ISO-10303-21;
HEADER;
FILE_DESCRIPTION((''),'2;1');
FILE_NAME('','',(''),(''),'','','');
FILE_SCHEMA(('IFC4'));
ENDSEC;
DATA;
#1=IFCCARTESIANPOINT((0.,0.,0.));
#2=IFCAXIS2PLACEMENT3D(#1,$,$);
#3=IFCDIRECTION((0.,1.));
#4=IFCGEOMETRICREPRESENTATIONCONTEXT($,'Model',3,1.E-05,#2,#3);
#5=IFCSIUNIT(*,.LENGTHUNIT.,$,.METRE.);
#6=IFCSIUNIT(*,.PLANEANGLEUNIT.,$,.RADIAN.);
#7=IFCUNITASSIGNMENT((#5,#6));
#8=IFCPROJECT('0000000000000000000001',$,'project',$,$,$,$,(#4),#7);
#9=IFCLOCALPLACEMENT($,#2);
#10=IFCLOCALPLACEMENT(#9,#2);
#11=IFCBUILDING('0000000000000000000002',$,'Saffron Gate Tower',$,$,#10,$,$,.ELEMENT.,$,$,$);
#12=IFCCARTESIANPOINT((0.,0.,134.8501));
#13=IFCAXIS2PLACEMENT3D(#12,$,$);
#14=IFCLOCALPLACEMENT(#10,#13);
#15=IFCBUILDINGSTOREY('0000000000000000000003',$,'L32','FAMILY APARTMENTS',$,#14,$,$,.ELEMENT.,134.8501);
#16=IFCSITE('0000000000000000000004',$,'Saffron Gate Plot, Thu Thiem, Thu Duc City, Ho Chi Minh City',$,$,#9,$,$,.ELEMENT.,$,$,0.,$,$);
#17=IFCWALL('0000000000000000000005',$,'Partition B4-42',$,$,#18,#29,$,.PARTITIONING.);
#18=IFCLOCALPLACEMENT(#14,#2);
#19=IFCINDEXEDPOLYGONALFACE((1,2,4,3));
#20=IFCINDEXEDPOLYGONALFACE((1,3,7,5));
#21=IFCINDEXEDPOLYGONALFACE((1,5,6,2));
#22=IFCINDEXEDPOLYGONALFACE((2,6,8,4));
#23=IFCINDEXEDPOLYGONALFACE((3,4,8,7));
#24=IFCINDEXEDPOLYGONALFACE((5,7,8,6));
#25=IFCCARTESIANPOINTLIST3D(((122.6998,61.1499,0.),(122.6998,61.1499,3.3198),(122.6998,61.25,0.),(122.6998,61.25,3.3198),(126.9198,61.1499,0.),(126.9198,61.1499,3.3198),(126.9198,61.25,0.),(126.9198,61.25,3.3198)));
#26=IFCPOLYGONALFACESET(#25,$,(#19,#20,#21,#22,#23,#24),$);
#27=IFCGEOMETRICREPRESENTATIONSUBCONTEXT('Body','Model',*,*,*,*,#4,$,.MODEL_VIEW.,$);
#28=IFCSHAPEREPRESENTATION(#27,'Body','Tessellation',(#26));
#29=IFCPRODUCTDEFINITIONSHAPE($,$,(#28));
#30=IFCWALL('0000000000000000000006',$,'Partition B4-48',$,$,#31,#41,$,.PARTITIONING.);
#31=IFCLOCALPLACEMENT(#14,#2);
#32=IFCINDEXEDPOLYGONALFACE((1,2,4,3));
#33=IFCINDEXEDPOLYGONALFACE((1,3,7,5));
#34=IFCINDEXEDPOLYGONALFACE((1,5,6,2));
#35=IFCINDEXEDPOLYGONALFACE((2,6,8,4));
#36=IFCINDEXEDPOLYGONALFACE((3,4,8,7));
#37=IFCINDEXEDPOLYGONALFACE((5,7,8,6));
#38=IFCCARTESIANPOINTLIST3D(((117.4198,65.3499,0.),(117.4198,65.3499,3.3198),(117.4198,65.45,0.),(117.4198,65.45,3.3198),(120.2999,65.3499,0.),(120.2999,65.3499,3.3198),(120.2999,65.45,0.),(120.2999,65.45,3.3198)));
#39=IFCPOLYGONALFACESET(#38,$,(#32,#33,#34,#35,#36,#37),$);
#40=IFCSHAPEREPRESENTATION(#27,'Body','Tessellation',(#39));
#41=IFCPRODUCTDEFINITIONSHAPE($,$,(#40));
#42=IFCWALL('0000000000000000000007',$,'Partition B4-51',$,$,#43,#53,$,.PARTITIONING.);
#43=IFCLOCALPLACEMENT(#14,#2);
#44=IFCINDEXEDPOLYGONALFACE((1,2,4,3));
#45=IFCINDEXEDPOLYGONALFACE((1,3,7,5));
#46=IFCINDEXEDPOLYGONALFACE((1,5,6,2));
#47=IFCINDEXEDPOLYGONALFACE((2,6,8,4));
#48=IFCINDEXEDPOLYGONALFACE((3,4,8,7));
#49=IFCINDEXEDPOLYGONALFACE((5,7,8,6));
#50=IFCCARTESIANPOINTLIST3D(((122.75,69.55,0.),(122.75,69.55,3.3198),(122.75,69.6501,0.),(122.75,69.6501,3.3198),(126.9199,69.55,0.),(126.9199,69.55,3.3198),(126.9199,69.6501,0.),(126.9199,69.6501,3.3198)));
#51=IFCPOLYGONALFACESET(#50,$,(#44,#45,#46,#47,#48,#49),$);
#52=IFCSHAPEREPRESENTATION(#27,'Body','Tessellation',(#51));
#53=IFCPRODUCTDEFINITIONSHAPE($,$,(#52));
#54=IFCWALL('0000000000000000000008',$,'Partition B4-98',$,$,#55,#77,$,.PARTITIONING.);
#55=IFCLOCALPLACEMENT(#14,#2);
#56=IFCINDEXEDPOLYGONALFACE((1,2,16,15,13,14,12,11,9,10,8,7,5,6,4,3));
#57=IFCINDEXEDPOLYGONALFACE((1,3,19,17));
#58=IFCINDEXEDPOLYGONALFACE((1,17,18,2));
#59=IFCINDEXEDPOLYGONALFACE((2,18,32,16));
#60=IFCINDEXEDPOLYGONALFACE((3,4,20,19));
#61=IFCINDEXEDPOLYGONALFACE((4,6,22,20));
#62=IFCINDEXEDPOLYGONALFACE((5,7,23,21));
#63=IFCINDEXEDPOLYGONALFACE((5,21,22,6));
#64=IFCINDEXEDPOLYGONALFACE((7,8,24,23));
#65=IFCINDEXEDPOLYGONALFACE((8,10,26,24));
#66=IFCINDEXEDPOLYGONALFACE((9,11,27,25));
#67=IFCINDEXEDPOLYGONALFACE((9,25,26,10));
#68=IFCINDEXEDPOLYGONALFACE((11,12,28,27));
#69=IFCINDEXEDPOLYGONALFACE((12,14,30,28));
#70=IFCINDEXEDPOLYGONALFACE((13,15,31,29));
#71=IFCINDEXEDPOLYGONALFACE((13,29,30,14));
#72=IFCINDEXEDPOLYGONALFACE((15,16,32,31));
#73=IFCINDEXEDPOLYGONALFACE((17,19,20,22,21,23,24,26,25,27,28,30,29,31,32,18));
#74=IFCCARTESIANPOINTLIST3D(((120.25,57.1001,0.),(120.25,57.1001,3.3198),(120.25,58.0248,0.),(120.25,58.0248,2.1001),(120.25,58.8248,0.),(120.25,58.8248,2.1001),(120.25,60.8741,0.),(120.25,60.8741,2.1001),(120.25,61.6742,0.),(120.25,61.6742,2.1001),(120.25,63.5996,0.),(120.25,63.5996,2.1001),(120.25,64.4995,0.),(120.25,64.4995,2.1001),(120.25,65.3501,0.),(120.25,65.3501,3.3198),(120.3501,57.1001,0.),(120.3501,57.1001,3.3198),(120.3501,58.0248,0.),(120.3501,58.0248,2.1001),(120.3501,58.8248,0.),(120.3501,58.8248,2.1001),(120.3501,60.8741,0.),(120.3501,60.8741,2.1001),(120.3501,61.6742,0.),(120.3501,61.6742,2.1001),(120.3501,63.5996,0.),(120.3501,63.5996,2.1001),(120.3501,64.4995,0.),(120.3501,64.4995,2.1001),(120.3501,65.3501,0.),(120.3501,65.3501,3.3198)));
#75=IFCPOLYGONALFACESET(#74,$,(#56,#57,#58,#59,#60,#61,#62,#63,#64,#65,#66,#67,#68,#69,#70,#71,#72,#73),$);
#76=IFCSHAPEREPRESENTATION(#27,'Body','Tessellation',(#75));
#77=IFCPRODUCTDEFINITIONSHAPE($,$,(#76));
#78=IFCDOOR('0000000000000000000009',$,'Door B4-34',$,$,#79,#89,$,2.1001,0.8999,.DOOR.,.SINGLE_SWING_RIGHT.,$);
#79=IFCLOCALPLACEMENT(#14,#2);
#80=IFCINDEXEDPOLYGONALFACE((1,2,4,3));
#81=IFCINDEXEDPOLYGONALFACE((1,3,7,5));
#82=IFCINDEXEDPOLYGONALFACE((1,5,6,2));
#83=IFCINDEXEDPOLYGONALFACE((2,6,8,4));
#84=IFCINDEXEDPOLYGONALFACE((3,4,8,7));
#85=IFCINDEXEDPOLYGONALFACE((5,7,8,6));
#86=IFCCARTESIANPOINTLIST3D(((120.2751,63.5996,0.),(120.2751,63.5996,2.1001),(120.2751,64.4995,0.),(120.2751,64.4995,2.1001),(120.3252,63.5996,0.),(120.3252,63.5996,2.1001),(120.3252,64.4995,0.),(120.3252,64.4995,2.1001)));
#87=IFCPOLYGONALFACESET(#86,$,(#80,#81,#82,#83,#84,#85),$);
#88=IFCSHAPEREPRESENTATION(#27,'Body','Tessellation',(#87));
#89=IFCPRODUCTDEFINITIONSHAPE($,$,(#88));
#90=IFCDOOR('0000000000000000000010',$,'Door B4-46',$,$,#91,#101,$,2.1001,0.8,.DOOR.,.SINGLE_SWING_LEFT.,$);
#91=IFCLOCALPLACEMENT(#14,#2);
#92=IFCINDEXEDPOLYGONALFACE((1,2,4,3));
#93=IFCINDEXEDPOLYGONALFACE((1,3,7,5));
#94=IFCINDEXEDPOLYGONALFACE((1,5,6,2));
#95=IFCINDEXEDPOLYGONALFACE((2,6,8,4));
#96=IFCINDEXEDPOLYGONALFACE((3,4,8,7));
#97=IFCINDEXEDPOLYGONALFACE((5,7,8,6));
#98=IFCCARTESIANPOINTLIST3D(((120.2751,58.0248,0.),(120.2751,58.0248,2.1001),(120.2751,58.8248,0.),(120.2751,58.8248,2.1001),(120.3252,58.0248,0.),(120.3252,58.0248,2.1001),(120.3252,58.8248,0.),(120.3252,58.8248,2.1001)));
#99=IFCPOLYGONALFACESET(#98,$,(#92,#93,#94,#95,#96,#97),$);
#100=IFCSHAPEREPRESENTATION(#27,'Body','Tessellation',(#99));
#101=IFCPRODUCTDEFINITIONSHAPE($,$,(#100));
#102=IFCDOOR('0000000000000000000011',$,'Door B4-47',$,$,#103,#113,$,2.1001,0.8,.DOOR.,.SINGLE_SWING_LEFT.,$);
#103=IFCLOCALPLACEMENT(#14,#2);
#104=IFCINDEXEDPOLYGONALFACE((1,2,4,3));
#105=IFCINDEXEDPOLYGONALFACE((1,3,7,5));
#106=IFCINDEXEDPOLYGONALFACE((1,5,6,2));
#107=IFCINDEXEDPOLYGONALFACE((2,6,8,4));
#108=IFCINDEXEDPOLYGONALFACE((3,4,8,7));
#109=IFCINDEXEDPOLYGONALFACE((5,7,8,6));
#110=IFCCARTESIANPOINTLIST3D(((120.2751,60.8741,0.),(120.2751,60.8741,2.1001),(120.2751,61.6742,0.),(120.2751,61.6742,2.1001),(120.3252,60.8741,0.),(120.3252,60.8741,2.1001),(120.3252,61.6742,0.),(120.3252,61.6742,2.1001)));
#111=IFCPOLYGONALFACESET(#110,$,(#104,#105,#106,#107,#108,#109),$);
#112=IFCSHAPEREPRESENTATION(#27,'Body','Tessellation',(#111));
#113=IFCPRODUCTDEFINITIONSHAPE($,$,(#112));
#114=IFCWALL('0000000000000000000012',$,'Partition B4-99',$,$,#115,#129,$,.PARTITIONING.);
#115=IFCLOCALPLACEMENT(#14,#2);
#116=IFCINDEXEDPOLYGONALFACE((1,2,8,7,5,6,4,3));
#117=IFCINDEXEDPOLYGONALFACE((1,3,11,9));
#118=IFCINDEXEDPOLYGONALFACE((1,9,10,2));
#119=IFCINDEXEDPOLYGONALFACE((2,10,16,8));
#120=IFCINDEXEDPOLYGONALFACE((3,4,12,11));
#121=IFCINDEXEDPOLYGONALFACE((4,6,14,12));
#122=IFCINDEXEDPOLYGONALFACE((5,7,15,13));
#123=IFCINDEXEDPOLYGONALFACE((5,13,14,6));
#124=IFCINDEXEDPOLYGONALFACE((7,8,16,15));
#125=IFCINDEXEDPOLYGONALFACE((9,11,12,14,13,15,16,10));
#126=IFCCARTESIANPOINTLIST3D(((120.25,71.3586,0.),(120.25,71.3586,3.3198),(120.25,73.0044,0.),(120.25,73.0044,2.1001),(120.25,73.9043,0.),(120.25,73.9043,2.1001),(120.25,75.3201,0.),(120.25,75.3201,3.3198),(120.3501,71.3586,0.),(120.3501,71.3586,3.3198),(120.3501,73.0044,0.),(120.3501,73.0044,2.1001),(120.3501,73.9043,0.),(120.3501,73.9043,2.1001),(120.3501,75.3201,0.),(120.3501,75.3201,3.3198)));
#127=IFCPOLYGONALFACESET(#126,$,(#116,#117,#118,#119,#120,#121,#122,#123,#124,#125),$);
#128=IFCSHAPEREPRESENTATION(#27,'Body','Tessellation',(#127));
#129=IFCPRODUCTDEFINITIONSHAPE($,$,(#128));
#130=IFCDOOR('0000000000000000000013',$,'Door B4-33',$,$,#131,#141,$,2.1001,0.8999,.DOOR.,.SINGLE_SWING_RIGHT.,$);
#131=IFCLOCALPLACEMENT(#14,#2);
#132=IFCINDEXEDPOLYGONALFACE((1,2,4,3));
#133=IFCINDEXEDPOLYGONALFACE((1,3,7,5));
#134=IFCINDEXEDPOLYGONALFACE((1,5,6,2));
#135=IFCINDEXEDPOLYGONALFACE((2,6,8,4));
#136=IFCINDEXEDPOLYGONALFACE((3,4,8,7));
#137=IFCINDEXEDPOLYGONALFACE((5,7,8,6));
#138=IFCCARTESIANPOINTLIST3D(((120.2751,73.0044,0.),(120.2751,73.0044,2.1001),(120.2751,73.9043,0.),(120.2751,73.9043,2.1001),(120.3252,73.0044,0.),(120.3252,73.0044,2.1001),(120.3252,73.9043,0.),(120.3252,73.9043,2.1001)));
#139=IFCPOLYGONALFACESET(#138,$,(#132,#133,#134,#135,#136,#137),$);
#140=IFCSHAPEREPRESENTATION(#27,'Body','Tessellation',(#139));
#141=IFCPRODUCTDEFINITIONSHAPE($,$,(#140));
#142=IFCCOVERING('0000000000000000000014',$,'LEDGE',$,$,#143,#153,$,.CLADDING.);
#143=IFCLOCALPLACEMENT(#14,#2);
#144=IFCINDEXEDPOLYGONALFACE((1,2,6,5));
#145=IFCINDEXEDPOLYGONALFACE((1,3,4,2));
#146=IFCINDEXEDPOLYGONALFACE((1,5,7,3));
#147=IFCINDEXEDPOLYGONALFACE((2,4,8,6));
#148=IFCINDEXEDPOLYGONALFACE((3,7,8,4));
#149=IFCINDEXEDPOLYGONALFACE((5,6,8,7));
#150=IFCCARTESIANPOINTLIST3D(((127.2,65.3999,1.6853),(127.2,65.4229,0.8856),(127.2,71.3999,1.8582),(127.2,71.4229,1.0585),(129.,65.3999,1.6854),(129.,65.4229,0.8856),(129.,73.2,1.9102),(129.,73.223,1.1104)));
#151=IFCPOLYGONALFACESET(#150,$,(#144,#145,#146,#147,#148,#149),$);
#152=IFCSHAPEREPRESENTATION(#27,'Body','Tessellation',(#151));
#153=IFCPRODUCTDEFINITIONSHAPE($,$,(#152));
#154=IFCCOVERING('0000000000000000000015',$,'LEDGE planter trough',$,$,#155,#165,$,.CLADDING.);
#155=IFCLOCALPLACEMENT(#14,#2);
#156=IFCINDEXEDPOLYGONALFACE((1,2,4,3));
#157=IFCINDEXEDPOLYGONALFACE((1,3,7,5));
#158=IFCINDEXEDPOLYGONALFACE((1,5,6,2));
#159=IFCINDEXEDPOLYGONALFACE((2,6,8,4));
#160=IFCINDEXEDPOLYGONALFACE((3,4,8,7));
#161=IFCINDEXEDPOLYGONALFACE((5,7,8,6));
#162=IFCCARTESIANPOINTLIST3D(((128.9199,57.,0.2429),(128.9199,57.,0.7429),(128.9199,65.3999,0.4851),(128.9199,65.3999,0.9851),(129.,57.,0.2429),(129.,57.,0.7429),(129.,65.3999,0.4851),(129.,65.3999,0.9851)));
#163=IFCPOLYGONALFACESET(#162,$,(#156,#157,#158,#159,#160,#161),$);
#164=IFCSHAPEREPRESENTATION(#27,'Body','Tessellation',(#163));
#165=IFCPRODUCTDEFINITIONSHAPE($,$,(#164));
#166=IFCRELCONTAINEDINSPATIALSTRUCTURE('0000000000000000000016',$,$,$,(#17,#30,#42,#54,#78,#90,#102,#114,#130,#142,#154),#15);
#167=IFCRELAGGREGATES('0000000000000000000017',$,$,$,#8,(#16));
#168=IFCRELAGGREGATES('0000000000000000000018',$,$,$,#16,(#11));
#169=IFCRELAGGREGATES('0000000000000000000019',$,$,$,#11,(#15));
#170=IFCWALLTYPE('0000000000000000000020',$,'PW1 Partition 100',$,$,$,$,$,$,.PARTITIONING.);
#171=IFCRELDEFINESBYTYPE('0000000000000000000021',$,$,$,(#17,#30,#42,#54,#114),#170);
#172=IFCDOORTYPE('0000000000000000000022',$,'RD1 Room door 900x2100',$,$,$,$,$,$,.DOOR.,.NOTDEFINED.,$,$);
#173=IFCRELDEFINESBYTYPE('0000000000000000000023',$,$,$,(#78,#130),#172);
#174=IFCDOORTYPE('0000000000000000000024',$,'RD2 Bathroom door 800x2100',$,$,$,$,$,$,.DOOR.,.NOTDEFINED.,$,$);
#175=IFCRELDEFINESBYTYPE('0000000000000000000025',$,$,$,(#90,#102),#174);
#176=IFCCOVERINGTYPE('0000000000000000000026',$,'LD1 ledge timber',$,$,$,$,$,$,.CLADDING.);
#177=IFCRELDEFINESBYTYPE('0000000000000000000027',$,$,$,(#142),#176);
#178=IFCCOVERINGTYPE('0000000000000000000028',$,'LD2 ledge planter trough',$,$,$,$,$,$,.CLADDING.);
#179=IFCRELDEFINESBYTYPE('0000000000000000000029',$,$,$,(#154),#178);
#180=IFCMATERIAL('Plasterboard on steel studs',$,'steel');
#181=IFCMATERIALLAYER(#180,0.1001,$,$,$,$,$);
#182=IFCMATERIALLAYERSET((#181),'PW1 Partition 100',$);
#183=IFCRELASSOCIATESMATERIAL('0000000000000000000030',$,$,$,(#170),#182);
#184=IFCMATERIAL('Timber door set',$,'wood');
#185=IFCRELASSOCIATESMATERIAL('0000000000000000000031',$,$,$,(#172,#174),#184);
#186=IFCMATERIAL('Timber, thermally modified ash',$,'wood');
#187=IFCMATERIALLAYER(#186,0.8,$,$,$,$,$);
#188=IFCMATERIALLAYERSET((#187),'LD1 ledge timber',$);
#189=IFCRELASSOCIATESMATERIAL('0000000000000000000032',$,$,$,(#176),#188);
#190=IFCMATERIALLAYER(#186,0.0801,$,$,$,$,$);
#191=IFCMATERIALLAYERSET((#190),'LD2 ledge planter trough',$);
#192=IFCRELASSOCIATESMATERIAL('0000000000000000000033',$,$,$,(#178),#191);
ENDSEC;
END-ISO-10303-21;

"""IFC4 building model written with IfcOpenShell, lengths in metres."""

from ifc_helpers import new_model, si_unit, direction, frame, frame_2d, origin, place, context, subcontext, project, spatial, polyline, rectangle, outline, extrude, material, layer, layer_set, type_object, element, fill, save


model = new_model("IFC4")

# Units and contexts
model_context = context("Model", 3, precision=1e-05, world=origin(), true_north=direction((0.0, 1.0)))
body_context = subcontext(model_context, "Body", "Model", "MODEL_VIEW")
ifc_project = project(units=[si_unit("LENGTHUNIT", "METRE"), si_unit("PLANEANGLEUNIT", "RADIAN")], contexts=[model_context])

# Site, building, storey
site_placement = place(None, origin())
site = spatial("IfcSite", under=ifc_project, at=site_placement, Name="Saffron Gate Plot, Thu Thiem, Thu Duc City, Ho Chi Minh City", CompositionType="ELEMENT", RefElevation=0.0)
building_placement = place(site_placement, origin())
building = spatial("IfcBuilding", under=site, at=building_placement, Name="Saffron Gate Tower", CompositionType="ELEMENT")
storey_placement = place(building_placement, frame((0.0, 0.0, 134.8501)))
storey = spatial("IfcBuildingStorey", under=building, at=storey_placement, Name="L32", Description="FAMILY APARTMENTS", CompositionType="ELEMENT", Elevation=134.8501)

# Walls
ifc_material_1 = material(Name="Plasterboard on steel studs", Category="steel")
ifc_layer_1 = layer(ifc_material_1, 0.1001)
ifc_layer_set_1 = layer_set([ifc_layer_1], Name="PW1 Partition 100")
wall_type = type_object("IfcWallType", Name="PW1 Partition 100", PredefinedType="PARTITIONING", material=ifc_layer_set_1)
wall_1_placement = place(storey_placement, frame((122.7, 61.2, 0.0), z_axis=(0.0, 0.0, 1.0), x_axis=(1.0, 0.0, 0.0)))
element("IfcWall", 1, at=wall_1_placement, inside=storey, type_object=wall_type, Name="Partition B4-42", PredefinedType="PARTITIONING", context=body_context, shape_type="SweptSolid", body=[
    extrude(rectangle(XDim=4.22, YDim=0.1001, at=frame_2d((2.1099, 0.0))), origin(), (0.0, 0.0, 1.0), 3.3198),
])
wall_2_placement = place(storey_placement, frame((117.4199, 65.3999, 0.0), z_axis=(0.0, 0.0, 1.0), x_axis=(1.0, 0.0, 0.0)))
element("IfcWall", 2, at=wall_2_placement, inside=storey, type_object=wall_type, Name="Partition B4-48", PredefinedType="PARTITIONING", context=body_context, shape_type="SweptSolid", body=[
    extrude(rectangle(XDim=2.8801, YDim=0.1001, at=frame_2d((1.4399, 0.0))), origin(), (0.0, 0.0, 1.0), 3.3198),
])
wall_3_placement = place(storey_placement, frame((122.75, 69.6001, 0.0), z_axis=(0.0, 0.0, 1.0), x_axis=(1.0, 0.0, 0.0)))
element("IfcWall", 3, at=wall_3_placement, inside=storey, type_object=wall_type, Name="Partition B4-51", PredefinedType="PARTITIONING", context=body_context, shape_type="SweptSolid", body=[
    extrude(rectangle(XDim=4.1699, YDim=0.1001, at=frame_2d((2.085, 0.0))), origin(), (0.0, 0.0, 1.0), 3.3198),
])

# Wall, openings, doors
wall_4_placement = place(storey_placement, frame((120.3, 57.1001, 0.0), z_axis=(0.0, 0.0, 1.0), x_axis=(0.0, 1.0, 0.0)))
wall_4 = element("IfcWall", 4, at=wall_4_placement, inside=storey, type_object=wall_type, Name="Partition B4-98", PredefinedType="PARTITIONING", context=body_context, shape_type="SweptSolid", body=[
    extrude(rectangle(XDim=8.25, YDim=0.1001, at=frame_2d((4.125, 0.0))), origin(), (0.0, 0.0, 1.0), 3.3198),
])
opening_1_placement = place(wall_4_placement, frame((0.9248, 0.0, 0.0)))
opening_1 = element("IfcOpeningElement", 5, at=opening_1_placement, cuts=wall_4, PredefinedType="OPENING", context=body_context, shape_type="SweptSolid", body=[
    extrude(rectangle(XDim=0.8, YDim=2.1001, at=frame_2d((0.3999, 1.05))), frame((0.0, 0.0601, 0.0), z_axis=(0.0, -1.0, 0.0), x_axis=(1.0, 0.0, 0.0)), (0.0, 0.0, 1.0), 0.1201),
])
opening_2_placement = place(wall_4_placement, frame((3.7742, 0.0, 0.0)))
opening_2 = element("IfcOpeningElement", 6, at=opening_2_placement, cuts=wall_4, PredefinedType="OPENING", context=body_context, shape_type="SweptSolid", body=[
    extrude(rectangle(XDim=0.8, YDim=2.1001, at=frame_2d((0.3999, 1.05))), frame((0.0, 0.0601, 0.0), z_axis=(0.0, -1.0, 0.0), x_axis=(1.0, 0.0, 0.0)), (0.0, 0.0, 1.0), 0.1201),
])
opening_3_placement = place(wall_4_placement, frame((6.4995, 0.0, 0.0)))
opening_3 = element("IfcOpeningElement", 7, at=opening_3_placement, cuts=wall_4, PredefinedType="OPENING", context=body_context, shape_type="SweptSolid", body=[
    extrude(rectangle(XDim=0.8999, YDim=2.1001, at=frame_2d((0.45, 1.05))), frame((0.0, 0.0601, 0.0), z_axis=(0.0, -1.0, 0.0), x_axis=(1.0, 0.0, 0.0)), (0.0, 0.0, 1.0), 0.1201),
])
ifc_material_2 = material(Name="Timber door set", Category="wood")
door_type_1 = type_object("IfcDoorType", Name="RD1 Room door 900x2100", OperationType="NOTDEFINED", PredefinedType="DOOR", material=ifc_material_2)
door_1_placement = place(opening_3_placement, origin())
door_1 = element("IfcDoor", 8, at=door_1_placement, inside=storey, type_object=door_type_1, Name="Door B4-34", OperationType="SINGLE_SWING_RIGHT", OverallHeight=2.1001, OverallWidth=0.8999, PredefinedType="DOOR", context=body_context, shape_type="SweptSolid", body=[
    extrude(rectangle(XDim=0.8999, YDim=2.1001, at=frame_2d((0.45, 1.05))), frame((0.0, 0.0249, 0.0), z_axis=(0.0, -1.0, 0.0), x_axis=(1.0, 0.0, 0.0)), (0.0, 0.0, 1.0), 0.05),
])
fill(opening_3, door_1)
door_type_2 = type_object("IfcDoorType", Name="RD2 Bathroom door 800x2100", OperationType="NOTDEFINED", PredefinedType="DOOR", material=ifc_material_2)
door_2_placement = place(opening_1_placement, origin())
door_2 = element("IfcDoor", 9, at=door_2_placement, inside=storey, type_object=door_type_2, Name="Door B4-46", OperationType="SINGLE_SWING_LEFT", OverallHeight=2.1001, OverallWidth=0.8, PredefinedType="DOOR", context=body_context, shape_type="SweptSolid", body=[
    extrude(rectangle(XDim=0.8, YDim=2.1001, at=frame_2d((0.3999, 1.05))), frame((0.0, 0.0249, 0.0), z_axis=(0.0, -1.0, 0.0), x_axis=(1.0, 0.0, 0.0)), (0.0, 0.0, 1.0), 0.05),
])
fill(opening_1, door_2)
door_3_placement = place(opening_2_placement, origin())
door_3 = element("IfcDoor", 10, at=door_3_placement, inside=storey, type_object=door_type_2, Name="Door B4-47", OperationType="SINGLE_SWING_LEFT", OverallHeight=2.1001, OverallWidth=0.8, PredefinedType="DOOR", context=body_context, shape_type="SweptSolid", body=[
    extrude(rectangle(XDim=0.8, YDim=2.1001, at=frame_2d((0.3999, 1.05))), frame((0.0, 0.0249, 0.0), z_axis=(0.0, -1.0, 0.0), x_axis=(1.0, 0.0, 0.0)), (0.0, 0.0, 1.0), 0.05),
])
fill(opening_2, door_3)

# Wall, opening, door
wall_5_placement = place(storey_placement, frame((120.3, 71.3586, 0.0), z_axis=(0.0, 0.0, 1.0), x_axis=(0.0, 1.0, 0.0)))
wall_5 = element("IfcWall", 11, at=wall_5_placement, inside=storey, type_object=wall_type, Name="Partition B4-99", PredefinedType="PARTITIONING", context=body_context, shape_type="SweptSolid", body=[
    extrude(rectangle(XDim=3.9614, YDim=0.1001, at=frame_2d((1.9807, 0.0))), origin(), (0.0, 0.0, 1.0), 3.3198),
])
opening_4_placement = place(wall_5_placement, frame((1.6458, 0.0, 0.0)))
opening_4 = element("IfcOpeningElement", 12, at=opening_4_placement, cuts=wall_5, PredefinedType="OPENING", context=body_context, shape_type="SweptSolid", body=[
    extrude(rectangle(XDim=0.8999, YDim=2.1001, at=frame_2d((0.45, 1.05))), frame((0.0, 0.0601, 0.0), z_axis=(0.0, -1.0, 0.0), x_axis=(1.0, 0.0, 0.0)), (0.0, 0.0, 1.0), 0.1201),
])
door_4_placement = place(opening_4_placement, origin())
door_4 = element("IfcDoor", 13, at=door_4_placement, inside=storey, type_object=door_type_1, Name="Door B4-33", OperationType="SINGLE_SWING_RIGHT", OverallHeight=2.1001, OverallWidth=0.8999, PredefinedType="DOOR", context=body_context, shape_type="SweptSolid", body=[
    extrude(rectangle(XDim=0.8999, YDim=2.1001, at=frame_2d((0.45, 1.05))), frame((0.0, 0.0249, 0.0), z_axis=(0.0, -1.0, 0.0), x_axis=(1.0, 0.0, 0.0)), (0.0, 0.0, 1.0), 0.05),
])
fill(opening_4, door_4)

# Coverings
ifc_material_3 = material(Name="Timber, thermally modified ash", Category="wood")
ifc_layer_2 = layer(ifc_material_3, 0.8)
ifc_layer_set_2 = layer_set([ifc_layer_2], Name="LD1 ledge timber")
covering_type_1 = type_object("IfcCoveringType", Name="LD1 ledge timber", PredefinedType="CLADDING", material=ifc_layer_set_2)
covering_1_placement = place(storey_placement, frame((127.2, 65.3999, 1.6853), z_axis=(-0.000035, -0.028807, 0.999585), x_axis=(0.0, 0.999585, 0.028807)))
element("IfcCovering", 14, at=covering_1_placement, inside=storey, type_object=covering_type_1, Name="LEDGE", PredefinedType="CLADDING", context=body_context, shape_type="SweptSolid", body=[
    extrude(outline(polyline([(0.0, 0.0), (6.0025, 0.0), (7.8033, -1.8), (0.0, -1.8), (0.0, 0.0)])), origin(), (0.0, 0.0, -1.0), 0.8),
])
ifc_layer_3 = layer(ifc_material_3, 0.0801)
ifc_layer_set_3 = layer_set([ifc_layer_3], Name="LD2 ledge planter trough")
covering_type_2 = type_object("IfcCoveringType", Name="LD2 ledge planter trough", PredefinedType="CLADDING", material=ifc_layer_set_3)
covering_2_placement = place(storey_placement, frame((129.0, 57.0, 0.2429), z_axis=(1.0, 0.0, 0.0), x_axis=(0.0, 0.999585, 0.02882)))
element("IfcCovering", 15, at=covering_2_placement, inside=storey, type_object=covering_type_2, Name="LEDGE planter trough", PredefinedType="CLADDING", context=body_context, shape_type="SweptSolid", body=[
    extrude(outline(polyline([(0.0, 0.0), (8.4034, 0.0), (8.4178, 0.4998), (0.0144, 0.4998), (0.0, 0.0)])), origin(), (0.0, 0.0, -1.0), 0.0801),
])

save(model, "model.ifc")
